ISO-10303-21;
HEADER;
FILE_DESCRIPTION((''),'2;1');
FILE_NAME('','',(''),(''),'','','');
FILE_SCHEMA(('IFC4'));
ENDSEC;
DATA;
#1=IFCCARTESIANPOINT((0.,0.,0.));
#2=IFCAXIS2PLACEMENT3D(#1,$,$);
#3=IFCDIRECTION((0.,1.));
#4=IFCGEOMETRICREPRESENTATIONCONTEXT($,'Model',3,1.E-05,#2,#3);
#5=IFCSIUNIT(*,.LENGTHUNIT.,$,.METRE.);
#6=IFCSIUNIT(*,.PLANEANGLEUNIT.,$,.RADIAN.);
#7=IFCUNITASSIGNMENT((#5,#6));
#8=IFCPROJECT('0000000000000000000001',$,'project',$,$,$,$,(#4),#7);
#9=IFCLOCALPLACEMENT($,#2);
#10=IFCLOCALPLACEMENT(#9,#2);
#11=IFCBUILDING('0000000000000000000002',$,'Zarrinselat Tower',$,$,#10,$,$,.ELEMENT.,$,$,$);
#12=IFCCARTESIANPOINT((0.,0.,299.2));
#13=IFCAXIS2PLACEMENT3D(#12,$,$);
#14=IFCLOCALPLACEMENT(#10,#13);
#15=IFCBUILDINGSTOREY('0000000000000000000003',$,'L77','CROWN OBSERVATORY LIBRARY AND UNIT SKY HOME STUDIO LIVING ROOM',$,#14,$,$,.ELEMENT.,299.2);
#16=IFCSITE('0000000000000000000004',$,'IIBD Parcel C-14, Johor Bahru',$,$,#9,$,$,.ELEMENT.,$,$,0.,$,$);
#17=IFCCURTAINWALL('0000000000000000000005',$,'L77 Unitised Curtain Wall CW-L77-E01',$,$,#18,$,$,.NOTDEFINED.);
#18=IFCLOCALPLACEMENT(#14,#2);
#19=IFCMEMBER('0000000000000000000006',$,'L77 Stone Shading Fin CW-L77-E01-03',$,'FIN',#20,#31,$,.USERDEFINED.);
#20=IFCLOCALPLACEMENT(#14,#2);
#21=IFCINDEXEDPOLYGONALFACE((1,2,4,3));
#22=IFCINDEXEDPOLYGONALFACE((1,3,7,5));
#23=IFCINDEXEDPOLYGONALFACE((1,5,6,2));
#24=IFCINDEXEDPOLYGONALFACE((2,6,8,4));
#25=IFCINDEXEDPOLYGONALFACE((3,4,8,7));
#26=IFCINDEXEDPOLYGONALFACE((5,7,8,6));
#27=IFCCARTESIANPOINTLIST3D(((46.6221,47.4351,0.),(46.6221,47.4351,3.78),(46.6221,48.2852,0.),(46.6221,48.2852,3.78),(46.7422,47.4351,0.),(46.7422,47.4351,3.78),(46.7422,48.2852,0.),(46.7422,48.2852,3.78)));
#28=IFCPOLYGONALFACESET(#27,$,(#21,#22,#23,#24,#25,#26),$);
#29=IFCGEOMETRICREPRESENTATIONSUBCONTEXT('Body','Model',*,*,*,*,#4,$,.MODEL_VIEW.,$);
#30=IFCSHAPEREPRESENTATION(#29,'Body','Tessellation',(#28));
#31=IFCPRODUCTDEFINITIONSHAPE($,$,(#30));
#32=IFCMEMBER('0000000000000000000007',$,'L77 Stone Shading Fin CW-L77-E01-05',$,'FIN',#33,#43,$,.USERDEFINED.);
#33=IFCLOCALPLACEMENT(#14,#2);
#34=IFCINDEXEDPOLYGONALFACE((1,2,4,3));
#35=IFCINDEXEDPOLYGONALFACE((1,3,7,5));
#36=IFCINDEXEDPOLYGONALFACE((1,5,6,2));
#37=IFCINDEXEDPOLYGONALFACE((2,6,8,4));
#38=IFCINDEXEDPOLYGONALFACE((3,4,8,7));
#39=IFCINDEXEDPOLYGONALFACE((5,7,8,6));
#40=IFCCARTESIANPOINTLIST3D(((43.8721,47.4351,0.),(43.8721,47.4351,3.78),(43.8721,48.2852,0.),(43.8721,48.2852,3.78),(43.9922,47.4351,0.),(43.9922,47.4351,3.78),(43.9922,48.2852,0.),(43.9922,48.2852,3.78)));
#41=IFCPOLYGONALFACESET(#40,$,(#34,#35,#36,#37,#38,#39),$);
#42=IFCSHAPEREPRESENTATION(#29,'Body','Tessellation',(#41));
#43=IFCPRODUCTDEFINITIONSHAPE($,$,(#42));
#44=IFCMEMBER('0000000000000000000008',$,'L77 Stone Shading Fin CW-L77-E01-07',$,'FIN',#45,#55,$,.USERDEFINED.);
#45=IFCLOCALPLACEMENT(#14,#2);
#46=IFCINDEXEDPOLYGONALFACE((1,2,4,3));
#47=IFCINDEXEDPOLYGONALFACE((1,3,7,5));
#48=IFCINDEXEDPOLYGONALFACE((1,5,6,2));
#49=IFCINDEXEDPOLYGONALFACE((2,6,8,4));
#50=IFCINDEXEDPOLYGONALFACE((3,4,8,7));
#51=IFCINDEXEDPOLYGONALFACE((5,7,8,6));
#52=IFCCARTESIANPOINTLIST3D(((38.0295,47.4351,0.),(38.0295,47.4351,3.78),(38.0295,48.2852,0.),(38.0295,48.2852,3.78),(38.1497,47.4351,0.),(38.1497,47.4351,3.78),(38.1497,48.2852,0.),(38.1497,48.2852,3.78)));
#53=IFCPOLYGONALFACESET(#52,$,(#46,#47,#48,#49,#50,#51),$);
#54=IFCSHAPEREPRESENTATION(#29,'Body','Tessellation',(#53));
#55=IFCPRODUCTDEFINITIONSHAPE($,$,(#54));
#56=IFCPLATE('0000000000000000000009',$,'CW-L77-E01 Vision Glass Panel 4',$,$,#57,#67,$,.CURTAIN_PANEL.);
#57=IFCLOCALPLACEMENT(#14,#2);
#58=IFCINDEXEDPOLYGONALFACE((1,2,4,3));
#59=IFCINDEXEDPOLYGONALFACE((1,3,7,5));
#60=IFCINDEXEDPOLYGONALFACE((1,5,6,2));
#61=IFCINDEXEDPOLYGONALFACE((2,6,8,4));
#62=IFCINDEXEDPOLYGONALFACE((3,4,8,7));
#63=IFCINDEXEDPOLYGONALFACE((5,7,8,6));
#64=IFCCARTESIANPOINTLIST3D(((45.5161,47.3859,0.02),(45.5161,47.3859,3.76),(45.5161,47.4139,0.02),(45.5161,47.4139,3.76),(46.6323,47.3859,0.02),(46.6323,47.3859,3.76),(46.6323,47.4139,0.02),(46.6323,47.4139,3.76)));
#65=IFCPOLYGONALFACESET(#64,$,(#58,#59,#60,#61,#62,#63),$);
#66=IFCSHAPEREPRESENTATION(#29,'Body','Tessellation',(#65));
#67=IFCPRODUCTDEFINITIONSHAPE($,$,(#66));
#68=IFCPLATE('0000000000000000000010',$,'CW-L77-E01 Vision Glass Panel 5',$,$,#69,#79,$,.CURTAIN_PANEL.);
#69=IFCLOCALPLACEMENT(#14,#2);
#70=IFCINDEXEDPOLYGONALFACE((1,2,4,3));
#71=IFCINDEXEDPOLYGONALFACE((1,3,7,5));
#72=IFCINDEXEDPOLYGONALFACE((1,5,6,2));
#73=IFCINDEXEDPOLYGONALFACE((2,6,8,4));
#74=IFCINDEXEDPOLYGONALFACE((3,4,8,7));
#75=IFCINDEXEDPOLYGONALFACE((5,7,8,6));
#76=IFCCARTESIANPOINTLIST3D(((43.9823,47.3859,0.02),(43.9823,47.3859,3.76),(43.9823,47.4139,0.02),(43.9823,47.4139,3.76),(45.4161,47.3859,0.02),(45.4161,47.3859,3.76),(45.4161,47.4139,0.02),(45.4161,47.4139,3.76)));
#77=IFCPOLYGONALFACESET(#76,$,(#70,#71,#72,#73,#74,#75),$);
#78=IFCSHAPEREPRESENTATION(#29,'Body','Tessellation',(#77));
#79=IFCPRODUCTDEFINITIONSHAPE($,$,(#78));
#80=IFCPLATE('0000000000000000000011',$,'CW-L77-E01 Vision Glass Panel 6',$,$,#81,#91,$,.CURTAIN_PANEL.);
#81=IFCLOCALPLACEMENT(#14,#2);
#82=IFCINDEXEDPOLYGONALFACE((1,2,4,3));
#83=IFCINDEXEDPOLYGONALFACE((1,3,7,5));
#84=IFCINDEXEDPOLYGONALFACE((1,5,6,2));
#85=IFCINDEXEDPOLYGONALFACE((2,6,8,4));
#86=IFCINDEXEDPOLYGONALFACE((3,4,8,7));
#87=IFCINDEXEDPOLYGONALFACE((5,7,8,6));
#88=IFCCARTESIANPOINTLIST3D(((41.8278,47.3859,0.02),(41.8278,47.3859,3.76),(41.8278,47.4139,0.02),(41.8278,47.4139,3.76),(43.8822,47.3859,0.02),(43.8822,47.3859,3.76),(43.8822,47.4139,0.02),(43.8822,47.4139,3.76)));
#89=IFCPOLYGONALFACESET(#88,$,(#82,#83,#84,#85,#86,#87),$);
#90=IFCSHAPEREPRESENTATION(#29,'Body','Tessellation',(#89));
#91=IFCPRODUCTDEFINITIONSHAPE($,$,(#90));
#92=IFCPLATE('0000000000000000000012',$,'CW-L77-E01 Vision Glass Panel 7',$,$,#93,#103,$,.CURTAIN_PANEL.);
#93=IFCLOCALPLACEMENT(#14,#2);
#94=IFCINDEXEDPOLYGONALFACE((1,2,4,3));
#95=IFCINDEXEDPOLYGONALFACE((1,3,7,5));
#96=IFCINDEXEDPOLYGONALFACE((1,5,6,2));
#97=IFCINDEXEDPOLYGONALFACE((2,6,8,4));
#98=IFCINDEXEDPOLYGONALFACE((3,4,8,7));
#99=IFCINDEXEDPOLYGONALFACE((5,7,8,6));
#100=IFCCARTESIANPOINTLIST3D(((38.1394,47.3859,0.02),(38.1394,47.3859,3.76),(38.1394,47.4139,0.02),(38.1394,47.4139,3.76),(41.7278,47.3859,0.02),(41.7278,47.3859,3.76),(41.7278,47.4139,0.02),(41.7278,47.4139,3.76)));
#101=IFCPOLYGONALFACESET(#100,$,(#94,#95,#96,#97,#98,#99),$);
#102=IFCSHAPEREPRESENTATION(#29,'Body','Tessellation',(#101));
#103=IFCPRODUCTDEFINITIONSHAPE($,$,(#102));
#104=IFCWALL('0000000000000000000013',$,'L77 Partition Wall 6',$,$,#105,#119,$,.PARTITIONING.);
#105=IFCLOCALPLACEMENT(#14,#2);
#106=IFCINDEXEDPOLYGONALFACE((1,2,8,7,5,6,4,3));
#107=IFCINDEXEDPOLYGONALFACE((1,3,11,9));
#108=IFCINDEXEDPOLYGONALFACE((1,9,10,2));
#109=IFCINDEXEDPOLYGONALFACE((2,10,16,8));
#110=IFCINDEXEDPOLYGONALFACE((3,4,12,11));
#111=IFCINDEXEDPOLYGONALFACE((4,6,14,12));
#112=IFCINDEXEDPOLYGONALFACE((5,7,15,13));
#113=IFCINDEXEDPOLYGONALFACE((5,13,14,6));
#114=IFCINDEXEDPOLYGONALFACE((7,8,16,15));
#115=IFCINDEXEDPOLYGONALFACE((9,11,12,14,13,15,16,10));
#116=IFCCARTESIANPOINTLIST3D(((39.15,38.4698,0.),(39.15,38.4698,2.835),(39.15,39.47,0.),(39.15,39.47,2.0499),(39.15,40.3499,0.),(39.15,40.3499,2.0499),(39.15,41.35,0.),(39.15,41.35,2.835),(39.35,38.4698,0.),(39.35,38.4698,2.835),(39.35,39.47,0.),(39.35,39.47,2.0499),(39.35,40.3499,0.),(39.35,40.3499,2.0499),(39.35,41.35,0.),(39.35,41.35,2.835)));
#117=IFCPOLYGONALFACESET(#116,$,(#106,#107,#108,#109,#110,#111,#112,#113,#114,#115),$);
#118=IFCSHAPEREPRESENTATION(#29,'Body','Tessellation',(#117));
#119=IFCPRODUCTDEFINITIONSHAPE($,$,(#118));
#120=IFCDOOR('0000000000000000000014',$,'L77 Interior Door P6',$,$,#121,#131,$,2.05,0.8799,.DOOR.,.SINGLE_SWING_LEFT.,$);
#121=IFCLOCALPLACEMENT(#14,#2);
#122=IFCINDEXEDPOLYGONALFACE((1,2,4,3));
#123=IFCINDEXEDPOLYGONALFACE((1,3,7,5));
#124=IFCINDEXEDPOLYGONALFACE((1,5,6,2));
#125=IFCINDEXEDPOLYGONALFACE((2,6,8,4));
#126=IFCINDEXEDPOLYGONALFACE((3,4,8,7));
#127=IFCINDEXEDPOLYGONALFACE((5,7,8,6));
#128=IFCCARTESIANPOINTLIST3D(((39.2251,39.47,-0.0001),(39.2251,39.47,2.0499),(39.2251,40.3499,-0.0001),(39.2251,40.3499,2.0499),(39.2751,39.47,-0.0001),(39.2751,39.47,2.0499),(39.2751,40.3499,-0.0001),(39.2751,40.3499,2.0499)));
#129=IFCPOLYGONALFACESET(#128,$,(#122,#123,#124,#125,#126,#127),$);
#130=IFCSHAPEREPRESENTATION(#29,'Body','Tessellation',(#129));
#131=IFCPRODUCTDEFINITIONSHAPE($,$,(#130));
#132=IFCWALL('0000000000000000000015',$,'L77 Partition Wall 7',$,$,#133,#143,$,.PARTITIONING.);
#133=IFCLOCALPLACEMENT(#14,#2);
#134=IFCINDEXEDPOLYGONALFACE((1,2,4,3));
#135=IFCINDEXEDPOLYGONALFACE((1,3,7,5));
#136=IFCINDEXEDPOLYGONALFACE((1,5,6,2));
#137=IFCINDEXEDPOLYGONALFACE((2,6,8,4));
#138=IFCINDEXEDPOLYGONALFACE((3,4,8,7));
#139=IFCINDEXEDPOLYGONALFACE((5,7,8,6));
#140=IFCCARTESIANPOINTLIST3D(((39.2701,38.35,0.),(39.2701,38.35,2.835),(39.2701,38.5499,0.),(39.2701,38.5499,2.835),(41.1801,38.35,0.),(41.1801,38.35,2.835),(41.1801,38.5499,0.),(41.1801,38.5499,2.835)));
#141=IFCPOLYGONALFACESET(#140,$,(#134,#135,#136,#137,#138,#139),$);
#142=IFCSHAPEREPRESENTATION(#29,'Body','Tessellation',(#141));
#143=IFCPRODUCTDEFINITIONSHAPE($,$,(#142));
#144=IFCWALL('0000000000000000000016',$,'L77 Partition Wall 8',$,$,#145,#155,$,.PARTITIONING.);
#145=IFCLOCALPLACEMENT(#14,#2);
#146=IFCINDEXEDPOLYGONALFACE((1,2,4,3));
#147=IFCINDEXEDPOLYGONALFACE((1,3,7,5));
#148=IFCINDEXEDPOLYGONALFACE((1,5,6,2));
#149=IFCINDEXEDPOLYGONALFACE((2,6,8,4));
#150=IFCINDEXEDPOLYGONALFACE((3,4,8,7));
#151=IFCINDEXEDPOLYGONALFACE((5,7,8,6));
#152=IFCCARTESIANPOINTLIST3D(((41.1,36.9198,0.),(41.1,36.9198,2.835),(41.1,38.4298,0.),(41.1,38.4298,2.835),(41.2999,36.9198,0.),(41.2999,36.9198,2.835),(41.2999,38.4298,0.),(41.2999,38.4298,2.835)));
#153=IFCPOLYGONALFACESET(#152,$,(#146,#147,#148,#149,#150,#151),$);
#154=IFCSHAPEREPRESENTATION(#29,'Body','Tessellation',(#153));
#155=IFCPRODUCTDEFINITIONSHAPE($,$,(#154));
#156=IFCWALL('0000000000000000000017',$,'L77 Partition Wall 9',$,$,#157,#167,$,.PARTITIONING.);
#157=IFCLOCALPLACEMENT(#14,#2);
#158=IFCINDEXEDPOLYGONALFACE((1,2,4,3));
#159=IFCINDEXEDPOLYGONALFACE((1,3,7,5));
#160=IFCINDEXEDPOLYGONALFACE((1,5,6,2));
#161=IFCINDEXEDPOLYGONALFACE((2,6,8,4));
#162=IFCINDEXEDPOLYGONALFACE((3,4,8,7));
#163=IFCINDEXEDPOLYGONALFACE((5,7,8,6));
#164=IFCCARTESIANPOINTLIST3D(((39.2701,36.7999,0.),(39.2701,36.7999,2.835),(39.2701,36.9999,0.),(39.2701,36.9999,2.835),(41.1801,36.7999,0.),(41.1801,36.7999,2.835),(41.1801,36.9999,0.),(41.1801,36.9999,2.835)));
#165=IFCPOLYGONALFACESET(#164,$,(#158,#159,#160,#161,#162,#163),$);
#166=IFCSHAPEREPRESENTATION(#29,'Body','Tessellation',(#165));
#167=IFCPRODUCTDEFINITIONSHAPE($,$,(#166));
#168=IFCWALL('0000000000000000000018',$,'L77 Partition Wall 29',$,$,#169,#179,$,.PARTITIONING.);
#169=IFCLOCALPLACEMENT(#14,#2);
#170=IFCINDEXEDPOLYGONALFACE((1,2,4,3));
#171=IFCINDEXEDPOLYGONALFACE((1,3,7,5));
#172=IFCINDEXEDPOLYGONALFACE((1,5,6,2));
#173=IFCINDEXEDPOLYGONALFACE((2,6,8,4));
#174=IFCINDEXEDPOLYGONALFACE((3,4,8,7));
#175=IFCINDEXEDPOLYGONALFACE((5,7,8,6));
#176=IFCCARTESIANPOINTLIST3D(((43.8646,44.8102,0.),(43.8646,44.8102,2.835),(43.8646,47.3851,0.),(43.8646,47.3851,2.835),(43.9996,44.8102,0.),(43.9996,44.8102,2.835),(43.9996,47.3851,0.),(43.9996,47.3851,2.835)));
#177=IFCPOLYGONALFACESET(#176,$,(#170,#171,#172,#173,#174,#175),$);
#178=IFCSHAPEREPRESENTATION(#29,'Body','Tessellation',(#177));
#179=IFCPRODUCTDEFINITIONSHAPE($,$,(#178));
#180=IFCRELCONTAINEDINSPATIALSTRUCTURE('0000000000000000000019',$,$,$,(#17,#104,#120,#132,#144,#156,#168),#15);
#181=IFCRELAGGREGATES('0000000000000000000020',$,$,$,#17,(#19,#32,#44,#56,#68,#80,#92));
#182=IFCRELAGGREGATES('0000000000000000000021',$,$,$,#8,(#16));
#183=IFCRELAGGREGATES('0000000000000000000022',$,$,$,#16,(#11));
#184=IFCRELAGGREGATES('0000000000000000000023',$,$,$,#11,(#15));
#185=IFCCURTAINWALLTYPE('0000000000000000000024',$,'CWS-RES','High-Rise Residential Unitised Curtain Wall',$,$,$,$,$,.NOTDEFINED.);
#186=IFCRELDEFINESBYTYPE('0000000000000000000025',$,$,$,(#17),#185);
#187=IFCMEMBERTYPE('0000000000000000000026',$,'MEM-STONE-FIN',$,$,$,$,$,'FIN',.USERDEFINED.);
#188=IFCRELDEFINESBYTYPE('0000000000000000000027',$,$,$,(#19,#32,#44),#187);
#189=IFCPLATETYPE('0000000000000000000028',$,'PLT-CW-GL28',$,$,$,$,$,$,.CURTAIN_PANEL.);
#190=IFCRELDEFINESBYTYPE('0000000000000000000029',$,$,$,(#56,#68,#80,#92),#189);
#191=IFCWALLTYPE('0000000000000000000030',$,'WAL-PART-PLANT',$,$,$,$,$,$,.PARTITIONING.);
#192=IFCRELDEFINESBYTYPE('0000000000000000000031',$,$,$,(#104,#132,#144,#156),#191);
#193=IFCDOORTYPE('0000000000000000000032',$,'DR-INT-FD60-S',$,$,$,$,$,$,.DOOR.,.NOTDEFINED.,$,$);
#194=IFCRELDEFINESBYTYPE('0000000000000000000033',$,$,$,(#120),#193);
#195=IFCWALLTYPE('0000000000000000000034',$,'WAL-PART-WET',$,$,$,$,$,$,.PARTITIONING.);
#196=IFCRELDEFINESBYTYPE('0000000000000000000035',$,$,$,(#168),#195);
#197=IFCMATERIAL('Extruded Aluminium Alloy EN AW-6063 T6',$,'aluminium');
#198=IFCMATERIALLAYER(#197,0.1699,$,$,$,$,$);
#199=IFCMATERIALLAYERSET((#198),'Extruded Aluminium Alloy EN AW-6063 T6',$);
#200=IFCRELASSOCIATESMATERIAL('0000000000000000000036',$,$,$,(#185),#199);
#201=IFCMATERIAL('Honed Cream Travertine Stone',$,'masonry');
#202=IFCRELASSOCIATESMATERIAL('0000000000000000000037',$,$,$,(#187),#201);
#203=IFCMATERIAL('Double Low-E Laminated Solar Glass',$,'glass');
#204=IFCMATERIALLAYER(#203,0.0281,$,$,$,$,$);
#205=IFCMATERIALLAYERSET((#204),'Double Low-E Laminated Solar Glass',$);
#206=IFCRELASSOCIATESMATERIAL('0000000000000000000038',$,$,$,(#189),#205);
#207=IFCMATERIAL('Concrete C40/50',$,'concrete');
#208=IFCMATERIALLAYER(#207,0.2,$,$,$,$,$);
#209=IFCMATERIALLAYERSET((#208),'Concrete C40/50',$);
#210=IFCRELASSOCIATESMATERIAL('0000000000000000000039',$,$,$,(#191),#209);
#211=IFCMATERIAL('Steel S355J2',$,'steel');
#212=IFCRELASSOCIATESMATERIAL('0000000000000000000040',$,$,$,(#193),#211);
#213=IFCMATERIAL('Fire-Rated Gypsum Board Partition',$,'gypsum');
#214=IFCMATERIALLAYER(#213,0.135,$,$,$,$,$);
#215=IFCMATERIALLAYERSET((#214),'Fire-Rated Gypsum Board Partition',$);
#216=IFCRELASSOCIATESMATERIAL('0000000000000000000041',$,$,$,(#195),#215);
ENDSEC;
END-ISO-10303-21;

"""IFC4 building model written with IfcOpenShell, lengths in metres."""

from ifc_helpers import new_model, si_unit, direction, frame, frame_2d, origin, origin_2d, place, context, subcontext, project, spatial, rectangle, extrude, material, layer, layer_set, material_profile, profile_set, type_object, element, fill, aggregate, save


model = new_model("IFC4")

# Units and contexts
model_context = context("Model", 3, precision=1e-05, world=origin(), true_north=direction((0.0, 1.0)))
body_context = subcontext(model_context, "Body", "Model", "MODEL_VIEW")
ifc_project = project(units=[si_unit("LENGTHUNIT", "METRE"), si_unit("PLANEANGLEUNIT", "RADIAN")], contexts=[model_context])

# Site, building, storey
site_placement = place(None, origin())
site = spatial("IfcSite", under=ifc_project, at=site_placement, Name="IIBD Parcel C-14, Johor Bahru", CompositionType="ELEMENT", RefElevation=0.0)
building_placement = place(site_placement, origin())
building = spatial("IfcBuilding", under=site, at=building_placement, Name="Zarrinselat Tower", CompositionType="ELEMENT")
storey_placement = place(building_placement, frame((0.0, 0.0, 299.2)))
storey = spatial("IfcBuildingStorey", under=building, at=storey_placement, Name="L77", Description="CROWN OBSERVATORY LIBRARY AND UNIT SKY HOME STUDIO LIVING ROOM", CompositionType="ELEMENT", Elevation=299.2)

# Curtain wall, members, plates
ifc_material_1 = material(Name="Extruded Aluminium Alloy EN AW-6063 T6", Category="aluminium")
ifc_layer_1 = layer(ifc_material_1, 0.1699)
ifc_layer_set_1 = layer_set([ifc_layer_1], Name="Extruded Aluminium Alloy EN AW-6063 T6")
curtain_wall_type = type_object("IfcCurtainWallType", Name="CWS-RES", Description="High-Rise Residential Unitised Curtain Wall", PredefinedType="NOTDEFINED", material=ifc_layer_set_1)
curtain_wall_placement = place(storey_placement, origin())
curtain_wall = element("IfcCurtainWall", 1, at=curtain_wall_placement, inside=storey, type_object=curtain_wall_type, Name="L77 Unitised Curtain Wall CW-L77-E01", PredefinedType="NOTDEFINED")
ifc_material_2 = material(Name="Honed Cream Travertine Stone", Category="masonry")
ifc_material_profile_1 = material_profile(ifc_material_2, rectangle(XDim=0.1201, YDim=0.8501, at=origin_2d()), Name="FIN 850x120")
ifc_profile_set_1 = profile_set([ifc_material_profile_1], Name="Honed Cream Travertine Stone")
member_type_1 = type_object("IfcMemberType", Name="MEM-STONE-FIN", ElementType="FIN", PredefinedType="USERDEFINED", material=ifc_profile_set_1)
member_1_placement = place(storey_placement, frame((46.6821, 47.8601, 0.0), z_axis=(0.0, 0.0, 1.0), x_axis=(1.0, 0.0, 0.0)))
member_1 = element("IfcMember", 2, at=member_1_placement, type_object=member_type_1, Name="L77 Stone Shading Fin CW-L77-E01-03", ObjectType="FIN", PredefinedType="USERDEFINED", context=body_context, shape_type="SweptSolid", body=[
    extrude(rectangle(XDim=0.1201, YDim=0.8501, at=origin_2d()), origin(), (0.0, 0.0, 1.0), 3.78),
])
member_2_placement = place(storey_placement, frame((43.9321, 47.8601, 0.0), z_axis=(0.0, 0.0, 1.0), x_axis=(1.0, 0.0, 0.0)))
member_2 = element("IfcMember", 3, at=member_2_placement, type_object=member_type_1, Name="L77 Stone Shading Fin CW-L77-E01-05", ObjectType="FIN", PredefinedType="USERDEFINED", context=body_context, shape_type="SweptSolid", body=[
    extrude(rectangle(XDim=0.1201, YDim=0.8501, at=origin_2d()), origin(), (0.0, 0.0, 1.0), 3.78),
])
member_3_placement = place(storey_placement, frame((38.0896, 47.8601, 0.0), z_axis=(0.0, 0.0, 1.0), x_axis=(1.0, 0.0, 0.0)))
member_3 = element("IfcMember", 4, at=member_3_placement, type_object=member_type_1, Name="L77 Stone Shading Fin CW-L77-E01-07", ObjectType="FIN", PredefinedType="USERDEFINED", context=body_context, shape_type="SweptSolid", body=[
    extrude(rectangle(XDim=0.1201, YDim=0.8501, at=origin_2d()), origin(), (0.0, 0.0, 1.0), 3.78),
])
ifc_material_3 = material(Name="Double Low-E Laminated Solar Glass", Category="glass")
ifc_layer_2 = layer(ifc_material_3, 0.0281)
ifc_layer_set_2 = layer_set([ifc_layer_2], Name="Double Low-E Laminated Solar Glass")
plate_type = type_object("IfcPlateType", Name="PLT-CW-GL28", PredefinedType="CURTAIN_PANEL", material=ifc_layer_set_2)
plate_1_placement = place(storey_placement, frame((46.0742, 47.3999, 0.02), z_axis=(0.0, 0.0, 1.0), x_axis=(-1.0, 0.0, 0.0)))
plate_1 = element("IfcPlate", 5, at=plate_1_placement, type_object=plate_type, Name="CW-L77-E01 Vision Glass Panel 4", PredefinedType="CURTAIN_PANEL", context=body_context, shape_type="SweptSolid", body=[
    extrude(rectangle(XDim=1.1162, YDim=0.0281, at=origin_2d()), origin(), (0.0, 0.0, 1.0), 3.74),
])
plate_2_placement = place(storey_placement, frame((44.6992, 47.3999, 0.02), z_axis=(0.0, 0.0, 1.0), x_axis=(-1.0, 0.0, 0.0)))
plate_2 = element("IfcPlate", 6, at=plate_2_placement, type_object=plate_type, Name="CW-L77-E01 Vision Glass Panel 5", PredefinedType="CURTAIN_PANEL", context=body_context, shape_type="SweptSolid", body=[
    extrude(rectangle(XDim=1.4338, YDim=0.0281, at=origin_2d()), origin(), (0.0, 0.0, 1.0), 3.74),
])
plate_3_placement = place(storey_placement, frame((42.855, 47.3999, 0.02), z_axis=(0.0, 0.0, 1.0), x_axis=(-1.0, 0.0, 0.0)))
plate_3 = element("IfcPlate", 7, at=plate_3_placement, type_object=plate_type, Name="CW-L77-E01 Vision Glass Panel 6", PredefinedType="CURTAIN_PANEL", context=body_context, shape_type="SweptSolid", body=[
    extrude(rectangle(XDim=2.0544, YDim=0.0281, at=origin_2d()), origin(), (0.0, 0.0, 1.0), 3.74),
])
plate_4_placement = place(storey_placement, frame((39.9336, 47.3999, 0.02), z_axis=(0.0, 0.0, 1.0), x_axis=(-1.0, 0.0, 0.0)))
plate_4 = element("IfcPlate", 8, at=plate_4_placement, type_object=plate_type, Name="CW-L77-E01 Vision Glass Panel 7", PredefinedType="CURTAIN_PANEL", context=body_context, shape_type="SweptSolid", body=[
    extrude(rectangle(XDim=3.5884, YDim=0.0281, at=origin_2d()), origin(), (0.0, 0.0, 1.0), 3.74),
])
aggregate(curtain_wall, [member_1, member_2, member_3, plate_1, plate_2, plate_3, plate_4])

# Wall, opening, door
ifc_material_4 = material(Name="Concrete C40/50", Category="concrete")
ifc_layer_3 = layer(ifc_material_4, 0.2)
ifc_layer_set_3 = layer_set([ifc_layer_3], Name="Concrete C40/50")
wall_type_1 = type_object("IfcWallType", Name="WAL-PART-PLANT", PredefinedType="PARTITIONING", material=ifc_layer_set_3)
wall_1_placement = place(storey_placement, frame((39.25, 38.47, 0.0), z_axis=(0.0, 0.0, 1.0), x_axis=(0.0, 1.0, 0.0)))
wall_1 = element("IfcWall", 9, at=wall_1_placement, inside=storey, type_object=wall_type_1, Name="L77 Partition Wall 6", PredefinedType="PARTITIONING", context=body_context, shape_type="SweptSolid", body=[
    extrude(rectangle(XDim=2.8801, YDim=0.2, at=frame_2d((1.4399, 0.0))), origin(), (0.0, 0.0, 1.0), 2.835),
])
opening_1_placement = place(wall_1_placement, frame((1.0, 0.0, 0.0)))
opening_1 = element("IfcOpeningElement", 10, at=opening_1_placement, cuts=wall_1, PredefinedType="OPENING", context=body_context, shape_type="SweptSolid", body=[
    extrude(rectangle(XDim=0.8799, YDim=2.05, at=frame_2d((0.4399, 1.0249))), frame((0.0, 0.1099, 0.0), z_axis=(0.0, -1.0, 0.0), x_axis=(1.0, 0.0, 0.0)), (0.0, 0.0, 1.0), 0.22),
])
ifc_material_5 = material(Name="Steel S355J2", Category="steel")
door_type_1 = type_object("IfcDoorType", Name="DR-INT-FD60-S", OperationType="NOTDEFINED", PredefinedType="DOOR", material=ifc_material_5)
door_1_placement = place(opening_1_placement, origin())
door_1 = element("IfcDoor", 11, at=door_1_placement, inside=storey, type_object=door_type_1, Name="L77 Interior Door P6", OperationType="SINGLE_SWING_LEFT", OverallHeight=2.05, OverallWidth=0.8799, PredefinedType="DOOR", context=body_context, shape_type="SweptSolid", body=[
    extrude(rectangle(XDim=0.8799, YDim=2.05, at=frame_2d((0.4399, 1.0249))), frame((0.0, 0.0249, 0.0), z_axis=(0.0, -1.0, 0.0), x_axis=(1.0, 0.0, 0.0)), (0.0, 0.0, 1.0), 0.05),
])
fill(opening_1, door_1)

# Walls
wall_2_placement = place(storey_placement, frame((39.27, 38.45, 0.0), z_axis=(0.0, 0.0, 1.0), x_axis=(1.0, 0.0, 0.0)))
element("IfcWall", 12, at=wall_2_placement, inside=storey, type_object=wall_type_1, Name="L77 Partition Wall 7", PredefinedType="PARTITIONING", context=body_context, shape_type="SweptSolid", body=[
    extrude(rectangle(XDim=1.9099, YDim=0.2, at=frame_2d((0.9551, 0.0))), origin(), (0.0, 0.0, 1.0), 2.835),
])
wall_3_placement = place(storey_placement, frame((41.2, 36.9199, 0.0), z_axis=(0.0, 0.0, 1.0), x_axis=(0.0, 1.0, 0.0)))
element("IfcWall", 13, at=wall_3_placement, inside=storey, type_object=wall_type_1, Name="L77 Partition Wall 8", PredefinedType="PARTITIONING", context=body_context, shape_type="SweptSolid", body=[
    extrude(rectangle(XDim=1.51, YDim=0.2, at=frame_2d((0.7549, 0.0))), origin(), (0.0, 0.0, 1.0), 2.835),
])
wall_4_placement = place(storey_placement, frame((39.27, 36.8999, 0.0), z_axis=(0.0, 0.0, 1.0), x_axis=(1.0, 0.0, 0.0)))
element("IfcWall", 14, at=wall_4_placement, inside=storey, type_object=wall_type_1, Name="L77 Partition Wall 9", PredefinedType="PARTITIONING", context=body_context, shape_type="SweptSolid", body=[
    extrude(rectangle(XDim=1.9099, YDim=0.2, at=frame_2d((0.9551, 0.0))), origin(), (0.0, 0.0, 1.0), 2.835),
])
ifc_material_6 = material(Name="Fire-Rated Gypsum Board Partition", Category="gypsum")
ifc_layer_4 = layer(ifc_material_6, 0.135)
ifc_layer_set_4 = layer_set([ifc_layer_4], Name="Fire-Rated Gypsum Board Partition")
wall_type_2 = type_object("IfcWallType", Name="WAL-PART-WET", PredefinedType="PARTITIONING", material=ifc_layer_set_4)
wall_5_placement = place(storey_placement, frame((43.9321, 44.8101, 0.0), z_axis=(0.0, 0.0, 1.0), x_axis=(0.0, 1.0, 0.0)))
element("IfcWall", 15, at=wall_5_placement, inside=storey, type_object=wall_type_2, Name="L77 Partition Wall 29", PredefinedType="PARTITIONING", context=body_context, shape_type="SweptSolid", body=[
    extrude(rectangle(XDim=2.575, YDim=0.135, at=frame_2d((1.2876, 0.0))), origin(), (0.0, 0.0, 1.0), 2.835),
])

save(model, "model.ifc")
